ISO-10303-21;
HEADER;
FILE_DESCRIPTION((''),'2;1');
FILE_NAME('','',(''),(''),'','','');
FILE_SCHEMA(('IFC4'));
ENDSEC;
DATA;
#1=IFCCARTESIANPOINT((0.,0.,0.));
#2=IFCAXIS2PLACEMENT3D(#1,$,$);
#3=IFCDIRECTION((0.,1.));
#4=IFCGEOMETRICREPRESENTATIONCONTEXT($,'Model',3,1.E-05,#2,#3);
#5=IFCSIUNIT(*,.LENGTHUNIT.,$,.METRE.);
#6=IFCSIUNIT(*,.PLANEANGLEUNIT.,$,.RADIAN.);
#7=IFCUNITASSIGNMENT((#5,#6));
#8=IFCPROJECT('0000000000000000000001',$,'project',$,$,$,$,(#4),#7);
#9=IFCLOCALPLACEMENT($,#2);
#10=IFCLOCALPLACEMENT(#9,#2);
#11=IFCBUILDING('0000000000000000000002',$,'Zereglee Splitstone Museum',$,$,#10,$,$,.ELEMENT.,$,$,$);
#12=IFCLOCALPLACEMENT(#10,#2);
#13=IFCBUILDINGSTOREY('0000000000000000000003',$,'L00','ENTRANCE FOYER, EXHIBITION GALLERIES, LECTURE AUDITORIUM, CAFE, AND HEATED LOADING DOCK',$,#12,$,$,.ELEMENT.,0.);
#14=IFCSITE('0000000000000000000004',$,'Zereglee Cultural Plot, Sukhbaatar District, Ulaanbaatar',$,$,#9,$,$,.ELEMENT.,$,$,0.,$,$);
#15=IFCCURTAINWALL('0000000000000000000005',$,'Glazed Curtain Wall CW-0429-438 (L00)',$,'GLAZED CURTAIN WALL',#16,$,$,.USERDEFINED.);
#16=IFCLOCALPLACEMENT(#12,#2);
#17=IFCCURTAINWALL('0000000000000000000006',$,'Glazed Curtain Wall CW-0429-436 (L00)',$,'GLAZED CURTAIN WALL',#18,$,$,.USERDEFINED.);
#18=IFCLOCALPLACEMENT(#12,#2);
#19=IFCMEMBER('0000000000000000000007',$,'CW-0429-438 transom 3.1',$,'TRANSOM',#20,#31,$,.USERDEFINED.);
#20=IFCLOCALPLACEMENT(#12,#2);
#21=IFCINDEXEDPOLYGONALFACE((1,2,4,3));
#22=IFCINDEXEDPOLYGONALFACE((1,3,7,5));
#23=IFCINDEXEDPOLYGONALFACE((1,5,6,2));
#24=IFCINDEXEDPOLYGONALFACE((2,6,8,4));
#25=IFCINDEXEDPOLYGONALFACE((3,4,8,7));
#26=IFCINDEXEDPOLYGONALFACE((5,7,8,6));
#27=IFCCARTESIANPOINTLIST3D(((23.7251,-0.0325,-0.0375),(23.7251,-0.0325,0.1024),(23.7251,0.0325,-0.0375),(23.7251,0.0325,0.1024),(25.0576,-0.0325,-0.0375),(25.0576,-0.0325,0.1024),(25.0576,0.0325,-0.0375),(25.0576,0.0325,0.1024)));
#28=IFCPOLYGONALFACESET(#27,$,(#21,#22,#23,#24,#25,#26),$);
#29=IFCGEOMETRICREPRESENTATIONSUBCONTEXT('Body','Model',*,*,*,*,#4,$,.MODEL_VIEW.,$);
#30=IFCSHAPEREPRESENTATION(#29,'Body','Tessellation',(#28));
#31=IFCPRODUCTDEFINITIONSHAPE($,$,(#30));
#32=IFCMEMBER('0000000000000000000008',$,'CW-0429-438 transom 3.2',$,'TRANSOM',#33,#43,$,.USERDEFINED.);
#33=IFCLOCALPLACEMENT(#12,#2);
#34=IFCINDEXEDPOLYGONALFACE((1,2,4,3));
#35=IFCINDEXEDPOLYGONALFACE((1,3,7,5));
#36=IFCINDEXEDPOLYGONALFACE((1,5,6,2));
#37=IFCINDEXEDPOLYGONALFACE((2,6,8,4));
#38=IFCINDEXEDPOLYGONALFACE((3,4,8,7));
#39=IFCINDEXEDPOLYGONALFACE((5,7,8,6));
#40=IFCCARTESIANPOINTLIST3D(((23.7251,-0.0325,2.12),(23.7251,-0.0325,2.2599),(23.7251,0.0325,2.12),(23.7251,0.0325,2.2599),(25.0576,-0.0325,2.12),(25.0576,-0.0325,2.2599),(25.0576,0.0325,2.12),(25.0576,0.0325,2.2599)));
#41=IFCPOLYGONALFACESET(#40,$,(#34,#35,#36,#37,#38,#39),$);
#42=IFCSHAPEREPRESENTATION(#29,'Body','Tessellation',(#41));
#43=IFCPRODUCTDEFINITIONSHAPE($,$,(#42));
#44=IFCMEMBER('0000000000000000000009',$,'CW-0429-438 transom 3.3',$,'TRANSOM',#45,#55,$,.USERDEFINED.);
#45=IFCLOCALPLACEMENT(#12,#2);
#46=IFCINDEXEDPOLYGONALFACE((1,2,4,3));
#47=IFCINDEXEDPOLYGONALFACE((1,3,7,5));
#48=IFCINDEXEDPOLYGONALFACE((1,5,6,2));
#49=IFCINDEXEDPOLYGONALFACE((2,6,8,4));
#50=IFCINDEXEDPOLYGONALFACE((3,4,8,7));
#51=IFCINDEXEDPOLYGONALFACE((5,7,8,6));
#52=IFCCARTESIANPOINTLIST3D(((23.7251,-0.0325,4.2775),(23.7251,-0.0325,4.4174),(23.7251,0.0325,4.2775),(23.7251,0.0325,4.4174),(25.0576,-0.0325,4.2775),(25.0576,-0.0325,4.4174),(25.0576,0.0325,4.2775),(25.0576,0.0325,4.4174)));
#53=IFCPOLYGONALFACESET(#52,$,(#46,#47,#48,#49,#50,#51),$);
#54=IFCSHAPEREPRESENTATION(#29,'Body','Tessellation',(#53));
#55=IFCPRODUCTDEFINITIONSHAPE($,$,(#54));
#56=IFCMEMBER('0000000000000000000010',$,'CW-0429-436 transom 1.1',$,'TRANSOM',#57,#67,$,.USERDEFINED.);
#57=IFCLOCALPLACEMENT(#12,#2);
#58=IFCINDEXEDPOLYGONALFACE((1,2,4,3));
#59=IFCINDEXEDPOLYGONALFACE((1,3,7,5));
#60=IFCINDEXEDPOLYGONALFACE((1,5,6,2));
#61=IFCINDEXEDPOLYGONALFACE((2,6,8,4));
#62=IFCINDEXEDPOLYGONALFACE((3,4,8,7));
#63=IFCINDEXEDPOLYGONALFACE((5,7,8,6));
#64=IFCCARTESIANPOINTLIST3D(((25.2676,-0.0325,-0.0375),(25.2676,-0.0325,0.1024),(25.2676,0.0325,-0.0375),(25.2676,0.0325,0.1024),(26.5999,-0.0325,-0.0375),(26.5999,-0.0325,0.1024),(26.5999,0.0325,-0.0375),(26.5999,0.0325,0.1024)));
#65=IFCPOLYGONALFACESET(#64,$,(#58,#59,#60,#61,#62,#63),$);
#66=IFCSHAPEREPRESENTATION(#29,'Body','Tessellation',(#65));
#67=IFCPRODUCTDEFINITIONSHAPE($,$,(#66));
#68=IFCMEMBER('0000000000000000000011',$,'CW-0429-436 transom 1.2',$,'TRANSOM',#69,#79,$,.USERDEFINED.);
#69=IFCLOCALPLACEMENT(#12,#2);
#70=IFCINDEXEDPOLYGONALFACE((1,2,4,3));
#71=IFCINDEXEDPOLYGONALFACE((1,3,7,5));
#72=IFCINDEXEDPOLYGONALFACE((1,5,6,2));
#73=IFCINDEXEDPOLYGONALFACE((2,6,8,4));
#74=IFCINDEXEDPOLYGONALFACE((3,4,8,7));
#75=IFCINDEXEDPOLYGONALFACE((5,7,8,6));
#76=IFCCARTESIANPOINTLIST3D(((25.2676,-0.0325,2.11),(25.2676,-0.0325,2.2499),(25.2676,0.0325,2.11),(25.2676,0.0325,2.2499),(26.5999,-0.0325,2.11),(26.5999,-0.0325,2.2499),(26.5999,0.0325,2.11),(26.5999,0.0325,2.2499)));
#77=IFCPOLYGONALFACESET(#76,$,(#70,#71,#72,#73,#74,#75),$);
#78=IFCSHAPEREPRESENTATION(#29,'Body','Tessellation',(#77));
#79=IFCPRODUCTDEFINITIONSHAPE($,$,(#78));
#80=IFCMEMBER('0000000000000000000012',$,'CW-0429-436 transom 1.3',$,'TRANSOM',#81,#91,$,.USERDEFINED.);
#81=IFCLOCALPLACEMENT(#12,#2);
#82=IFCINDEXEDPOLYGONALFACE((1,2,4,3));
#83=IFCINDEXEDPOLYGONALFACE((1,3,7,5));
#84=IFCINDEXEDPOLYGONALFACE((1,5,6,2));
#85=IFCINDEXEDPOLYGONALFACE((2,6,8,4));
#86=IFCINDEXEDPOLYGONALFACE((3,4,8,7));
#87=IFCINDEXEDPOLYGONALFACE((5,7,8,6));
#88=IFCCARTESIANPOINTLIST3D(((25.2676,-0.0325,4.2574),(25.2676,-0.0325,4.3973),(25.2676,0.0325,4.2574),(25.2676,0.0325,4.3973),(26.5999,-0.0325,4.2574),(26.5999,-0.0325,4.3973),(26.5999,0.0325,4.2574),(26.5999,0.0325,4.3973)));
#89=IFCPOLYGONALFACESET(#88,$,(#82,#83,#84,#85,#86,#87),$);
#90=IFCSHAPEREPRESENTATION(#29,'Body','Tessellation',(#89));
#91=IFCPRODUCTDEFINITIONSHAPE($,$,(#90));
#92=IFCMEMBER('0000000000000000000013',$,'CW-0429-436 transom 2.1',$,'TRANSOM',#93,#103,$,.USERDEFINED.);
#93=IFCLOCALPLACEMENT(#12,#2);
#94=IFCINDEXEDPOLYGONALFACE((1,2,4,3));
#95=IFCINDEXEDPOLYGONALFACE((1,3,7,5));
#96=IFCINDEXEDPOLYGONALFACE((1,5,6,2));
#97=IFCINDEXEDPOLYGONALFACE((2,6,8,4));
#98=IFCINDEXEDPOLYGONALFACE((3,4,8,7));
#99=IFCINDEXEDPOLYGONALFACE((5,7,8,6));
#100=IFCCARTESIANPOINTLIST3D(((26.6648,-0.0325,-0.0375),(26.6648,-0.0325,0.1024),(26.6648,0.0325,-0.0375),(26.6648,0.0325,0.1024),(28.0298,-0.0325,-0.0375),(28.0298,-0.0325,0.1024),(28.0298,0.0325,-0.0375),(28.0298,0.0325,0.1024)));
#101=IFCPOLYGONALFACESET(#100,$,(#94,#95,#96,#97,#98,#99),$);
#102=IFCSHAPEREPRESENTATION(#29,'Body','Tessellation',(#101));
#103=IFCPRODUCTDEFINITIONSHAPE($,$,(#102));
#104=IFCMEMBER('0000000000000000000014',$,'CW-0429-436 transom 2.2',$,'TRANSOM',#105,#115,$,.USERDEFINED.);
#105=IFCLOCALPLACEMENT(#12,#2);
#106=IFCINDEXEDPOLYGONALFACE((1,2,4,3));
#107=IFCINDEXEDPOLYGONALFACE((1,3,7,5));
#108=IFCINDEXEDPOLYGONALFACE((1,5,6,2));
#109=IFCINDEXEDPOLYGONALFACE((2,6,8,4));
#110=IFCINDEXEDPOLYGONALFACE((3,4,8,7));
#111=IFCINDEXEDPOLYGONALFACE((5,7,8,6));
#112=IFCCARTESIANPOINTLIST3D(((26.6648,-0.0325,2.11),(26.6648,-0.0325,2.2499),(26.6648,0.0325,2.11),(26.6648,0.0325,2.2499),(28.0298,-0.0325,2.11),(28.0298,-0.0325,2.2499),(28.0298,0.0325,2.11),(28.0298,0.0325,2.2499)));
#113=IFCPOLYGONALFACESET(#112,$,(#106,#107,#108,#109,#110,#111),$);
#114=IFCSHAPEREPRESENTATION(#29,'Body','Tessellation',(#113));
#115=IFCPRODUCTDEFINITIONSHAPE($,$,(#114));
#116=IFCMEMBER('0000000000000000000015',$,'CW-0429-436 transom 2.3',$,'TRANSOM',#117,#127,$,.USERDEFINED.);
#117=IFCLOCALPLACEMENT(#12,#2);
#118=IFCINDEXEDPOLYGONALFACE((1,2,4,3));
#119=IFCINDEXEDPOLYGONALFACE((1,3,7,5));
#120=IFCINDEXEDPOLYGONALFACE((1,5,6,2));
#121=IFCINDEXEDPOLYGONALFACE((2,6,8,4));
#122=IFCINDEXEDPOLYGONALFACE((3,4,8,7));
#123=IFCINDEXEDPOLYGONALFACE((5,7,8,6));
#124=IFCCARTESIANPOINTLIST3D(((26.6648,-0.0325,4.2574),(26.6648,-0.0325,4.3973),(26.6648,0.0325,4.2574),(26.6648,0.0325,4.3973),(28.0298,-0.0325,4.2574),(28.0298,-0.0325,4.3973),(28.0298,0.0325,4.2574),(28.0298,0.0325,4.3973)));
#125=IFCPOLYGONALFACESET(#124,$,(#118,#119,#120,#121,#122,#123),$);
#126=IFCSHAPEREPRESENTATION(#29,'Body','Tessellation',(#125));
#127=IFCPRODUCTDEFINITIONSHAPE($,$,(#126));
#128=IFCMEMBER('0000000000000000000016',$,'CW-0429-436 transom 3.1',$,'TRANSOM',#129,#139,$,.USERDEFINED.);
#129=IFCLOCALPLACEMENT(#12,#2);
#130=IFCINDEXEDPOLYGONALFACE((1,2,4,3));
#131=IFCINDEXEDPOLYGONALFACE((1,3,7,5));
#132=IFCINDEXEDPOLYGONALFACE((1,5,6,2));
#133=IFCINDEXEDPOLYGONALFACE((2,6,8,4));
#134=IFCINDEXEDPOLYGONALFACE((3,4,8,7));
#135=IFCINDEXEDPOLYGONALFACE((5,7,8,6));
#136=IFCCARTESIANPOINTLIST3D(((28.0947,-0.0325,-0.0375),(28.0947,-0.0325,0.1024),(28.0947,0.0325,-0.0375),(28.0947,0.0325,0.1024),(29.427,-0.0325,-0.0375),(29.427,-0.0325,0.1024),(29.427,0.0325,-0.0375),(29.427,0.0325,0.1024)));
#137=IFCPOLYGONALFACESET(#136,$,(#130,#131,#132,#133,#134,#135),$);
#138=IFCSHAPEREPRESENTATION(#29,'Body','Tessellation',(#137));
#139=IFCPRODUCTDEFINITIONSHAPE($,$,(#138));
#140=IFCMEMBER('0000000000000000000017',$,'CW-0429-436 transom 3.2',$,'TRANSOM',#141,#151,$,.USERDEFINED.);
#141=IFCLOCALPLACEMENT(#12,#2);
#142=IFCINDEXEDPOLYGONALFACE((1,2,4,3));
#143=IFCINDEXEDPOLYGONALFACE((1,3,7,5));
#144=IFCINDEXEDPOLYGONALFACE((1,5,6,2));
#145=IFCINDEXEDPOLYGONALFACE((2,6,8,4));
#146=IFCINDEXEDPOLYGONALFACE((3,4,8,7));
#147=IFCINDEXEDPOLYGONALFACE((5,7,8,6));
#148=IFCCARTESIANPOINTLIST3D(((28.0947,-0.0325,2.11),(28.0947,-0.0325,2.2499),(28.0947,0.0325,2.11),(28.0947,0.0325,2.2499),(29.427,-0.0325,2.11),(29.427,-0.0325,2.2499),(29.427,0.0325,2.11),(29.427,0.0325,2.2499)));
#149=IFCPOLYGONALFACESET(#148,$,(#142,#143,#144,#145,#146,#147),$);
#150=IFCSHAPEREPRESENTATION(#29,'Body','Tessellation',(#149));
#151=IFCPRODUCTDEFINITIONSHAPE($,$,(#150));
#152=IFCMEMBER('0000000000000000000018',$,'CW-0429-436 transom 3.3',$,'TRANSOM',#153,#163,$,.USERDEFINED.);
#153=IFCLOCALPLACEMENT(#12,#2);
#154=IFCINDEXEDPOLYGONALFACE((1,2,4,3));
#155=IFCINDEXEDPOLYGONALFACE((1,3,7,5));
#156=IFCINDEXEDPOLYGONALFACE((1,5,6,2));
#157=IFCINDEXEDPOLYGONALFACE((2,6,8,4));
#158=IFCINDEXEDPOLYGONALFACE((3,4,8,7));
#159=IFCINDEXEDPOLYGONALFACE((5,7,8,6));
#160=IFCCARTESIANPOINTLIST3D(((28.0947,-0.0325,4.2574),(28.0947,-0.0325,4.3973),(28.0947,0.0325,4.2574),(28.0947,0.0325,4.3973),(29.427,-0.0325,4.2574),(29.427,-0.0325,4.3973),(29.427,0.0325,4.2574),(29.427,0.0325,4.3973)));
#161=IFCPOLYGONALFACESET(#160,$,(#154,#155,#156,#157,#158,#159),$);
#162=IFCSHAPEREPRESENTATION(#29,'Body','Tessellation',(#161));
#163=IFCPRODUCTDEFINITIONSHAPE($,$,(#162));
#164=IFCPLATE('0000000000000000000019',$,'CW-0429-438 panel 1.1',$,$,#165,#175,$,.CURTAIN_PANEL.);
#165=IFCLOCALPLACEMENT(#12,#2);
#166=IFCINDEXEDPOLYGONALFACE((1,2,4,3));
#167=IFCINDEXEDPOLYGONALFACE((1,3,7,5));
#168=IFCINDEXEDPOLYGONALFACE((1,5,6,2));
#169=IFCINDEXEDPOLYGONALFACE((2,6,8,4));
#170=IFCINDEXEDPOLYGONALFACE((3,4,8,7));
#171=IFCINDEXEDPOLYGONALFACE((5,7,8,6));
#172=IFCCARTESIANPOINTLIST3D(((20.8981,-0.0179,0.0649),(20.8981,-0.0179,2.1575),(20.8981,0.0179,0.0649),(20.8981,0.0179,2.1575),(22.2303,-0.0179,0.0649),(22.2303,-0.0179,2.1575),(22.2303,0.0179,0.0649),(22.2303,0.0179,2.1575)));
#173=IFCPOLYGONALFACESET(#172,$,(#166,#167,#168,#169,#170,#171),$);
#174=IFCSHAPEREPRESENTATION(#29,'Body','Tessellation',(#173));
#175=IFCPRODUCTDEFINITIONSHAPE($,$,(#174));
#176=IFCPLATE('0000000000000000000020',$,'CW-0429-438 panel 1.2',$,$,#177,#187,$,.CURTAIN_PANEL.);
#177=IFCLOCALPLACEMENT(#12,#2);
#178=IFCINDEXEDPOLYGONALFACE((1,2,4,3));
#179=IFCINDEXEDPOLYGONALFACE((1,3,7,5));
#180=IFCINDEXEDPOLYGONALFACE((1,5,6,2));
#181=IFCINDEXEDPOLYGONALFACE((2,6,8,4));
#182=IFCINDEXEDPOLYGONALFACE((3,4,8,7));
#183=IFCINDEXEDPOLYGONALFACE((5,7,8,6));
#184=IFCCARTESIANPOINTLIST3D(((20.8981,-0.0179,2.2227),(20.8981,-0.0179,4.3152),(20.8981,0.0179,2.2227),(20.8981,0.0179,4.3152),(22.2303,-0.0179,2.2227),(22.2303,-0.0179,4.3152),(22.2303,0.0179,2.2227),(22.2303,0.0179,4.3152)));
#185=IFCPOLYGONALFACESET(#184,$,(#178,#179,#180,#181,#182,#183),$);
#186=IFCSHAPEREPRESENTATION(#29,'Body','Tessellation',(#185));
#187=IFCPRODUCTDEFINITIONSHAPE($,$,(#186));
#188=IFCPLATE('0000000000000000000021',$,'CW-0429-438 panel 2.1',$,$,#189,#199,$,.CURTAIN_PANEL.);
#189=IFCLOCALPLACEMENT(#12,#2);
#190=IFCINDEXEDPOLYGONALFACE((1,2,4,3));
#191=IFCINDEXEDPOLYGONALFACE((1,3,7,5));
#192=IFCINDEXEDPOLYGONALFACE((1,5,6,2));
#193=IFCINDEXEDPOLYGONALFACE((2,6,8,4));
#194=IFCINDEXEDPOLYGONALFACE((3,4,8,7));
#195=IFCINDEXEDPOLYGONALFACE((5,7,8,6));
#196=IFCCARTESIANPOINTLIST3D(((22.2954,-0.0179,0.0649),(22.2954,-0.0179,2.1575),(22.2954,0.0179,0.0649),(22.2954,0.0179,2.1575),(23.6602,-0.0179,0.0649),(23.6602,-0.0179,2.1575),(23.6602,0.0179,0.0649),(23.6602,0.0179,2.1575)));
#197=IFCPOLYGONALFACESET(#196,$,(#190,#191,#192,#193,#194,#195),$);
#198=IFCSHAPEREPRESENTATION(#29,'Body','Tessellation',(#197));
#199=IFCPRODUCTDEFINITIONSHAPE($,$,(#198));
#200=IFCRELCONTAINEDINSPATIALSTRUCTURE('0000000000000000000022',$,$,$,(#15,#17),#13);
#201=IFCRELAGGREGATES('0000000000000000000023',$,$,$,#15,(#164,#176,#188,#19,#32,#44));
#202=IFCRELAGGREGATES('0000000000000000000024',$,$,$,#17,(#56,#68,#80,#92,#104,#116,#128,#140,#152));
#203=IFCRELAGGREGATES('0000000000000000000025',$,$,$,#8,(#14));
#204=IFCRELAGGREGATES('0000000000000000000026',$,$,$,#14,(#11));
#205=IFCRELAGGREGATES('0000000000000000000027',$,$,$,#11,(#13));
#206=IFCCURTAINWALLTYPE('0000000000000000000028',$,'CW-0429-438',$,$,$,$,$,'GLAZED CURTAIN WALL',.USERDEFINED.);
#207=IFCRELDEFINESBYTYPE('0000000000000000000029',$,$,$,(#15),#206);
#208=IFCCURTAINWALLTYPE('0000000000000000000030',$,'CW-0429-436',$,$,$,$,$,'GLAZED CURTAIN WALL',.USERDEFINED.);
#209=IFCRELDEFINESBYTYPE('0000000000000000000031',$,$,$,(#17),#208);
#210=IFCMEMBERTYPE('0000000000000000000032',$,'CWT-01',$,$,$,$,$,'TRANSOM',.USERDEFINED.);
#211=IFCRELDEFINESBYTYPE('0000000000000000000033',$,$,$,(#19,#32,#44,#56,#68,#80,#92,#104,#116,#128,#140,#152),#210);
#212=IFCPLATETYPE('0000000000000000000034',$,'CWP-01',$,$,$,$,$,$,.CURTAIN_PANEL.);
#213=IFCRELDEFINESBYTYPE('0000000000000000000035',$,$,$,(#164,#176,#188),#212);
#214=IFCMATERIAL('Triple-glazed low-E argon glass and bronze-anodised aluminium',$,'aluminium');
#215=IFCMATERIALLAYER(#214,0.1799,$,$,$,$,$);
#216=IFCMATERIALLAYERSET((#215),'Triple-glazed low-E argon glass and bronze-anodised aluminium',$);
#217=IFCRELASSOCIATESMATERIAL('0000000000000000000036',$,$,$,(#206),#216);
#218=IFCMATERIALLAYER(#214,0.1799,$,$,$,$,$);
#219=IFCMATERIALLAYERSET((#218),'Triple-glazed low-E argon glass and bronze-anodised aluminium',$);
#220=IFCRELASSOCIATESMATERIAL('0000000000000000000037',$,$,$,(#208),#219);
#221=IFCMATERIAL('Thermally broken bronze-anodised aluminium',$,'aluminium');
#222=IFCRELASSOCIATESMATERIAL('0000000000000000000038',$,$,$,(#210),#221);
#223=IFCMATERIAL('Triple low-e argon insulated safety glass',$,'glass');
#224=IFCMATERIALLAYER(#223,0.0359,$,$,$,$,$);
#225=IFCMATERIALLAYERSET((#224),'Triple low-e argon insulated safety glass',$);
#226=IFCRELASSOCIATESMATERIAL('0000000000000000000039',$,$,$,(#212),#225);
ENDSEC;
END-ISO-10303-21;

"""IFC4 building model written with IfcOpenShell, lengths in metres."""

from ifc_helpers import new_model, si_unit, direction, frame, origin, origin_2d, place, context, subcontext, project, spatial, rectangle, extrude, material, layer, layer_set, material_profile, profile_set, type_object, element, aggregate, save


model = new_model("IFC4")

# Units and contexts
model_context = context("Model", 3, precision=1e-05, world=origin(), true_north=direction((0.0, 1.0)))
body_context = subcontext(model_context, "Body", "Model", "MODEL_VIEW")
ifc_project = project(units=[si_unit("LENGTHUNIT", "METRE"), si_unit("PLANEANGLEUNIT", "RADIAN")], contexts=[model_context])

# Site, building, storey
site_placement = place(None, origin())
site = spatial("IfcSite", under=ifc_project, at=site_placement, Name="Zereglee Cultural Plot, Sukhbaatar District, Ulaanbaatar", CompositionType="ELEMENT", RefElevation=0.0)
building_placement = place(site_placement, origin())
building = spatial("IfcBuilding", under=site, at=building_placement, Name="Zereglee Splitstone Museum", CompositionType="ELEMENT")
storey_placement = place(building_placement, origin())
storey = spatial("IfcBuildingStorey", under=building, at=storey_placement, Name="L00", Description="ENTRANCE FOYER, EXHIBITION GALLERIES, LECTURE AUDITORIUM, CAFE, AND HEATED LOADING DOCK", CompositionType="ELEMENT", Elevation=0.0)

# Curtain walls
ifc_material_1 = material(Name="Triple-glazed low-E argon glass and bronze-anodised aluminium", Category="aluminium")
ifc_layer_1 = layer(ifc_material_1, 0.1799)
ifc_layer_set_1 = layer_set([ifc_layer_1], Name="Triple-glazed low-E argon glass and bronze-anodised aluminium")
curtain_wall_type_1 = type_object("IfcCurtainWallType", Name="CW-0429-438", ElementType="GLAZED CURTAIN WALL", PredefinedType="USERDEFINED", material=ifc_layer_set_1)
curtain_wall_1_placement = place(storey_placement, origin())
curtain_wall_1 = element("IfcCurtainWall", 1, at=curtain_wall_1_placement, inside=storey, type_object=curtain_wall_type_1, Name="Glazed Curtain Wall CW-0429-438 (L00)", ObjectType="GLAZED CURTAIN WALL", PredefinedType="USERDEFINED")
ifc_material_2 = material(Name="Thermally broken bronze-anodised aluminium", Category="aluminium")
ifc_layer_2 = layer(ifc_material_1, 0.1799)
ifc_layer_set_2 = layer_set([ifc_layer_2], Name="Triple-glazed low-E argon glass and bronze-anodised aluminium")
curtain_wall_type_2 = type_object("IfcCurtainWallType", Name="CW-0429-436", ElementType="GLAZED CURTAIN WALL", PredefinedType="USERDEFINED", material=ifc_layer_set_2)
curtain_wall_2_placement = place(storey_placement, origin())
curtain_wall_2 = element("IfcCurtainWall", 2, at=curtain_wall_2_placement, inside=storey, type_object=curtain_wall_type_2, Name="Glazed Curtain Wall CW-0429-436 (L00)", ObjectType="GLAZED CURTAIN WALL", PredefinedType="USERDEFINED")

# Members
ifc_material_profile_1 = material_profile(ifc_material_2, rectangle(XDim=0.0649, YDim=0.1399, at=origin_2d()), Name="CW TRAN 65x140")
ifc_profile_set_1 = profile_set([ifc_material_profile_1], Name="Thermally broken bronze-anodised aluminium")
member_type_1 = type_object("IfcMemberType", Name="CWT-01", ElementType="TRANSOM", PredefinedType="USERDEFINED", material=ifc_profile_set_1)
member_1_placement = place(storey_placement, frame((23.7251, 0.0, 0.0325), z_axis=(1.0, 0.0, 0.0), x_axis=(0.0, 1.0, 0.0)))
member_1 = element("IfcMember", 3, at=member_1_placement, type_object=member_type_1, Name="CW-0429-438 transom 3.1", ObjectType="TRANSOM", PredefinedType="USERDEFINED", context=body_context, shape_type="SweptSolid", body=[
    extrude(rectangle(XDim=0.0649, YDim=0.1399, at=origin_2d()), origin(), (0.0, 0.0, 1.0), 1.3325),
])
member_2_placement = place(storey_placement, frame((23.7251, 0.0, 2.1899), z_axis=(1.0, 0.0, 0.0), x_axis=(0.0, 1.0, 0.0)))
member_2 = element("IfcMember", 4, at=member_2_placement, type_object=member_type_1, Name="CW-0429-438 transom 3.2", ObjectType="TRANSOM", PredefinedType="USERDEFINED", context=body_context, shape_type="SweptSolid", body=[
    extrude(rectangle(XDim=0.0649, YDim=0.1399, at=origin_2d()), origin(), (0.0, 0.0, 1.0), 1.3325),
])
member_3_placement = place(storey_placement, frame((23.7251, 0.0, 4.3474), z_axis=(1.0, 0.0, 0.0), x_axis=(0.0, 1.0, 0.0)))
member_3 = element("IfcMember", 5, at=member_3_placement, type_object=member_type_1, Name="CW-0429-438 transom 3.3", ObjectType="TRANSOM", PredefinedType="USERDEFINED", context=body_context, shape_type="SweptSolid", body=[
    extrude(rectangle(XDim=0.0649, YDim=0.1399, at=origin_2d()), origin(), (0.0, 0.0, 1.0), 1.3325),
])
member_4_placement = place(storey_placement, frame((25.2676, 0.0, 0.0325), z_axis=(1.0, 0.0, 0.0), x_axis=(0.0, 1.0, 0.0)))
member_4 = element("IfcMember", 6, at=member_4_placement, type_object=member_type_1, Name="CW-0429-436 transom 1.1", ObjectType="TRANSOM", PredefinedType="USERDEFINED", context=body_context, shape_type="SweptSolid", body=[
    extrude(rectangle(XDim=0.0649, YDim=0.1399, at=origin_2d()), origin(), (0.0, 0.0, 1.0), 1.3323),
])
member_5_placement = place(storey_placement, frame((25.2676, 0.0, 2.1799), z_axis=(1.0, 0.0, 0.0), x_axis=(0.0, 1.0, 0.0)))
member_5 = element("IfcMember", 7, at=member_5_placement, type_object=member_type_1, Name="CW-0429-436 transom 1.2", ObjectType="TRANSOM", PredefinedType="USERDEFINED", context=body_context, shape_type="SweptSolid", body=[
    extrude(rectangle(XDim=0.0649, YDim=0.1399, at=origin_2d()), origin(), (0.0, 0.0, 1.0), 1.3323),
])
member_6_placement = place(storey_placement, frame((25.2676, 0.0, 4.3274), z_axis=(1.0, 0.0, 0.0), x_axis=(0.0, 1.0, 0.0)))
member_6 = element("IfcMember", 8, at=member_6_placement, type_object=member_type_1, Name="CW-0429-436 transom 1.3", ObjectType="TRANSOM", PredefinedType="USERDEFINED", context=body_context, shape_type="SweptSolid", body=[
    extrude(rectangle(XDim=0.0649, YDim=0.1399, at=origin_2d()), origin(), (0.0, 0.0, 1.0), 1.3323),
])
member_7_placement = place(storey_placement, frame((26.6648, 0.0, 0.0325), z_axis=(1.0, 0.0, 0.0), x_axis=(0.0, 1.0, 0.0)))
member_7 = element("IfcMember", 9, at=member_7_placement, type_object=member_type_1, Name="CW-0429-436 transom 2.1", ObjectType="TRANSOM", PredefinedType="USERDEFINED", context=body_context, shape_type="SweptSolid", body=[
    extrude(rectangle(XDim=0.0649, YDim=0.1399, at=origin_2d()), origin(), (0.0, 0.0, 1.0), 1.365),
])
member_8_placement = place(storey_placement, frame((26.6648, 0.0, 2.1799), z_axis=(1.0, 0.0, 0.0), x_axis=(0.0, 1.0, 0.0)))
member_8 = element("IfcMember", 10, at=member_8_placement, type_object=member_type_1, Name="CW-0429-436 transom 2.2", ObjectType="TRANSOM", PredefinedType="USERDEFINED", context=body_context, shape_type="SweptSolid", body=[
    extrude(rectangle(XDim=0.0649, YDim=0.1399, at=origin_2d()), origin(), (0.0, 0.0, 1.0), 1.365),
])
member_9_placement = place(storey_placement, frame((26.6648, 0.0, 4.3274), z_axis=(1.0, 0.0, 0.0), x_axis=(0.0, 1.0, 0.0)))
member_9 = element("IfcMember", 11, at=member_9_placement, type_object=member_type_1, Name="CW-0429-436 transom 2.3", ObjectType="TRANSOM", PredefinedType="USERDEFINED", context=body_context, shape_type="SweptSolid", body=[
    extrude(rectangle(XDim=0.0649, YDim=0.1399, at=origin_2d()), origin(), (0.0, 0.0, 1.0), 1.365),
])
member_10_placement = place(storey_placement, frame((28.0947, 0.0, 0.0325), z_axis=(1.0, 0.0, 0.0), x_axis=(0.0, 1.0, 0.0)))
member_10 = element("IfcMember", 12, at=member_10_placement, type_object=member_type_1, Name="CW-0429-436 transom 3.1", ObjectType="TRANSOM", PredefinedType="USERDEFINED", context=body_context, shape_type="SweptSolid", body=[
    extrude(rectangle(XDim=0.0649, YDim=0.1399, at=origin_2d()), origin(), (0.0, 0.0, 1.0), 1.3323),
])
member_11_placement = place(storey_placement, frame((28.0947, 0.0, 2.1799), z_axis=(1.0, 0.0, 0.0), x_axis=(0.0, 1.0, 0.0)))
member_11 = element("IfcMember", 13, at=member_11_placement, type_object=member_type_1, Name="CW-0429-436 transom 3.2", ObjectType="TRANSOM", PredefinedType="USERDEFINED", context=body_context, shape_type="SweptSolid", body=[
    extrude(rectangle(XDim=0.0649, YDim=0.1399, at=origin_2d()), origin(), (0.0, 0.0, 1.0), 1.3323),
])
member_12_placement = place(storey_placement, frame((28.0947, 0.0, 4.3274), z_axis=(1.0, 0.0, 0.0), x_axis=(0.0, 1.0, 0.0)))
member_12 = element("IfcMember", 14, at=member_12_placement, type_object=member_type_1, Name="CW-0429-436 transom 3.3", ObjectType="TRANSOM", PredefinedType="USERDEFINED", context=body_context, shape_type="SweptSolid", body=[
    extrude(rectangle(XDim=0.0649, YDim=0.1399, at=origin_2d()), origin(), (0.0, 0.0, 1.0), 1.3323),
])

# Plates
ifc_material_3 = material(Name="Triple low-e argon insulated safety glass", Category="glass")
ifc_layer_3 = layer(ifc_material_3, 0.0359)
ifc_layer_set_3 = layer_set([ifc_layer_3], Name="Triple low-e argon insulated safety glass")
plate_type = type_object("IfcPlateType", Name="CWP-01", PredefinedType="CURTAIN_PANEL", material=ifc_layer_set_3)
plate_1_placement = place(storey_placement, frame((21.5642, 0.0, 0.0649), z_axis=(0.0, 0.0, 1.0), x_axis=(1.0, 0.0, 0.0)))
plate_1 = element("IfcPlate", 15, at=plate_1_placement, type_object=plate_type, Name="CW-0429-438 panel 1.1", PredefinedType="CURTAIN_PANEL", context=body_context, shape_type="SweptSolid", body=[
    extrude(rectangle(XDim=1.3323, YDim=0.0359, at=origin_2d()), origin(), (0.0, 0.0, 1.0), 2.0925),
])
plate_2_placement = place(storey_placement, frame((21.5642, 0.0, 2.2227), z_axis=(0.0, 0.0, 1.0), x_axis=(1.0, 0.0, 0.0)))
plate_2 = element("IfcPlate", 16, at=plate_2_placement, type_object=plate_type, Name="CW-0429-438 panel 1.2", PredefinedType="CURTAIN_PANEL", context=body_context, shape_type="SweptSolid", body=[
    extrude(rectangle(XDim=1.3323, YDim=0.0359, at=origin_2d()), origin(), (0.0, 0.0, 1.0), 2.0925),
])
plate_3_placement = place(storey_placement, frame((22.9778, 0.0, 0.0649), z_axis=(0.0, 0.0, 1.0), x_axis=(1.0, 0.0, 0.0)))
plate_3 = element("IfcPlate", 17, at=plate_3_placement, type_object=plate_type, Name="CW-0429-438 panel 2.1", PredefinedType="CURTAIN_PANEL", context=body_context, shape_type="SweptSolid", body=[
    extrude(rectangle(XDim=1.3647, YDim=0.0359, at=origin_2d()), origin(), (0.0, 0.0, 1.0), 2.0925),
])
aggregate(curtain_wall_1, [plate_1, plate_2, plate_3, member_1, member_2, member_3])
aggregate(curtain_wall_2, [member_4, member_5, member_6, member_7, member_8, member_9, member_10, member_11, member_12])

save(model, "model.ifc")
